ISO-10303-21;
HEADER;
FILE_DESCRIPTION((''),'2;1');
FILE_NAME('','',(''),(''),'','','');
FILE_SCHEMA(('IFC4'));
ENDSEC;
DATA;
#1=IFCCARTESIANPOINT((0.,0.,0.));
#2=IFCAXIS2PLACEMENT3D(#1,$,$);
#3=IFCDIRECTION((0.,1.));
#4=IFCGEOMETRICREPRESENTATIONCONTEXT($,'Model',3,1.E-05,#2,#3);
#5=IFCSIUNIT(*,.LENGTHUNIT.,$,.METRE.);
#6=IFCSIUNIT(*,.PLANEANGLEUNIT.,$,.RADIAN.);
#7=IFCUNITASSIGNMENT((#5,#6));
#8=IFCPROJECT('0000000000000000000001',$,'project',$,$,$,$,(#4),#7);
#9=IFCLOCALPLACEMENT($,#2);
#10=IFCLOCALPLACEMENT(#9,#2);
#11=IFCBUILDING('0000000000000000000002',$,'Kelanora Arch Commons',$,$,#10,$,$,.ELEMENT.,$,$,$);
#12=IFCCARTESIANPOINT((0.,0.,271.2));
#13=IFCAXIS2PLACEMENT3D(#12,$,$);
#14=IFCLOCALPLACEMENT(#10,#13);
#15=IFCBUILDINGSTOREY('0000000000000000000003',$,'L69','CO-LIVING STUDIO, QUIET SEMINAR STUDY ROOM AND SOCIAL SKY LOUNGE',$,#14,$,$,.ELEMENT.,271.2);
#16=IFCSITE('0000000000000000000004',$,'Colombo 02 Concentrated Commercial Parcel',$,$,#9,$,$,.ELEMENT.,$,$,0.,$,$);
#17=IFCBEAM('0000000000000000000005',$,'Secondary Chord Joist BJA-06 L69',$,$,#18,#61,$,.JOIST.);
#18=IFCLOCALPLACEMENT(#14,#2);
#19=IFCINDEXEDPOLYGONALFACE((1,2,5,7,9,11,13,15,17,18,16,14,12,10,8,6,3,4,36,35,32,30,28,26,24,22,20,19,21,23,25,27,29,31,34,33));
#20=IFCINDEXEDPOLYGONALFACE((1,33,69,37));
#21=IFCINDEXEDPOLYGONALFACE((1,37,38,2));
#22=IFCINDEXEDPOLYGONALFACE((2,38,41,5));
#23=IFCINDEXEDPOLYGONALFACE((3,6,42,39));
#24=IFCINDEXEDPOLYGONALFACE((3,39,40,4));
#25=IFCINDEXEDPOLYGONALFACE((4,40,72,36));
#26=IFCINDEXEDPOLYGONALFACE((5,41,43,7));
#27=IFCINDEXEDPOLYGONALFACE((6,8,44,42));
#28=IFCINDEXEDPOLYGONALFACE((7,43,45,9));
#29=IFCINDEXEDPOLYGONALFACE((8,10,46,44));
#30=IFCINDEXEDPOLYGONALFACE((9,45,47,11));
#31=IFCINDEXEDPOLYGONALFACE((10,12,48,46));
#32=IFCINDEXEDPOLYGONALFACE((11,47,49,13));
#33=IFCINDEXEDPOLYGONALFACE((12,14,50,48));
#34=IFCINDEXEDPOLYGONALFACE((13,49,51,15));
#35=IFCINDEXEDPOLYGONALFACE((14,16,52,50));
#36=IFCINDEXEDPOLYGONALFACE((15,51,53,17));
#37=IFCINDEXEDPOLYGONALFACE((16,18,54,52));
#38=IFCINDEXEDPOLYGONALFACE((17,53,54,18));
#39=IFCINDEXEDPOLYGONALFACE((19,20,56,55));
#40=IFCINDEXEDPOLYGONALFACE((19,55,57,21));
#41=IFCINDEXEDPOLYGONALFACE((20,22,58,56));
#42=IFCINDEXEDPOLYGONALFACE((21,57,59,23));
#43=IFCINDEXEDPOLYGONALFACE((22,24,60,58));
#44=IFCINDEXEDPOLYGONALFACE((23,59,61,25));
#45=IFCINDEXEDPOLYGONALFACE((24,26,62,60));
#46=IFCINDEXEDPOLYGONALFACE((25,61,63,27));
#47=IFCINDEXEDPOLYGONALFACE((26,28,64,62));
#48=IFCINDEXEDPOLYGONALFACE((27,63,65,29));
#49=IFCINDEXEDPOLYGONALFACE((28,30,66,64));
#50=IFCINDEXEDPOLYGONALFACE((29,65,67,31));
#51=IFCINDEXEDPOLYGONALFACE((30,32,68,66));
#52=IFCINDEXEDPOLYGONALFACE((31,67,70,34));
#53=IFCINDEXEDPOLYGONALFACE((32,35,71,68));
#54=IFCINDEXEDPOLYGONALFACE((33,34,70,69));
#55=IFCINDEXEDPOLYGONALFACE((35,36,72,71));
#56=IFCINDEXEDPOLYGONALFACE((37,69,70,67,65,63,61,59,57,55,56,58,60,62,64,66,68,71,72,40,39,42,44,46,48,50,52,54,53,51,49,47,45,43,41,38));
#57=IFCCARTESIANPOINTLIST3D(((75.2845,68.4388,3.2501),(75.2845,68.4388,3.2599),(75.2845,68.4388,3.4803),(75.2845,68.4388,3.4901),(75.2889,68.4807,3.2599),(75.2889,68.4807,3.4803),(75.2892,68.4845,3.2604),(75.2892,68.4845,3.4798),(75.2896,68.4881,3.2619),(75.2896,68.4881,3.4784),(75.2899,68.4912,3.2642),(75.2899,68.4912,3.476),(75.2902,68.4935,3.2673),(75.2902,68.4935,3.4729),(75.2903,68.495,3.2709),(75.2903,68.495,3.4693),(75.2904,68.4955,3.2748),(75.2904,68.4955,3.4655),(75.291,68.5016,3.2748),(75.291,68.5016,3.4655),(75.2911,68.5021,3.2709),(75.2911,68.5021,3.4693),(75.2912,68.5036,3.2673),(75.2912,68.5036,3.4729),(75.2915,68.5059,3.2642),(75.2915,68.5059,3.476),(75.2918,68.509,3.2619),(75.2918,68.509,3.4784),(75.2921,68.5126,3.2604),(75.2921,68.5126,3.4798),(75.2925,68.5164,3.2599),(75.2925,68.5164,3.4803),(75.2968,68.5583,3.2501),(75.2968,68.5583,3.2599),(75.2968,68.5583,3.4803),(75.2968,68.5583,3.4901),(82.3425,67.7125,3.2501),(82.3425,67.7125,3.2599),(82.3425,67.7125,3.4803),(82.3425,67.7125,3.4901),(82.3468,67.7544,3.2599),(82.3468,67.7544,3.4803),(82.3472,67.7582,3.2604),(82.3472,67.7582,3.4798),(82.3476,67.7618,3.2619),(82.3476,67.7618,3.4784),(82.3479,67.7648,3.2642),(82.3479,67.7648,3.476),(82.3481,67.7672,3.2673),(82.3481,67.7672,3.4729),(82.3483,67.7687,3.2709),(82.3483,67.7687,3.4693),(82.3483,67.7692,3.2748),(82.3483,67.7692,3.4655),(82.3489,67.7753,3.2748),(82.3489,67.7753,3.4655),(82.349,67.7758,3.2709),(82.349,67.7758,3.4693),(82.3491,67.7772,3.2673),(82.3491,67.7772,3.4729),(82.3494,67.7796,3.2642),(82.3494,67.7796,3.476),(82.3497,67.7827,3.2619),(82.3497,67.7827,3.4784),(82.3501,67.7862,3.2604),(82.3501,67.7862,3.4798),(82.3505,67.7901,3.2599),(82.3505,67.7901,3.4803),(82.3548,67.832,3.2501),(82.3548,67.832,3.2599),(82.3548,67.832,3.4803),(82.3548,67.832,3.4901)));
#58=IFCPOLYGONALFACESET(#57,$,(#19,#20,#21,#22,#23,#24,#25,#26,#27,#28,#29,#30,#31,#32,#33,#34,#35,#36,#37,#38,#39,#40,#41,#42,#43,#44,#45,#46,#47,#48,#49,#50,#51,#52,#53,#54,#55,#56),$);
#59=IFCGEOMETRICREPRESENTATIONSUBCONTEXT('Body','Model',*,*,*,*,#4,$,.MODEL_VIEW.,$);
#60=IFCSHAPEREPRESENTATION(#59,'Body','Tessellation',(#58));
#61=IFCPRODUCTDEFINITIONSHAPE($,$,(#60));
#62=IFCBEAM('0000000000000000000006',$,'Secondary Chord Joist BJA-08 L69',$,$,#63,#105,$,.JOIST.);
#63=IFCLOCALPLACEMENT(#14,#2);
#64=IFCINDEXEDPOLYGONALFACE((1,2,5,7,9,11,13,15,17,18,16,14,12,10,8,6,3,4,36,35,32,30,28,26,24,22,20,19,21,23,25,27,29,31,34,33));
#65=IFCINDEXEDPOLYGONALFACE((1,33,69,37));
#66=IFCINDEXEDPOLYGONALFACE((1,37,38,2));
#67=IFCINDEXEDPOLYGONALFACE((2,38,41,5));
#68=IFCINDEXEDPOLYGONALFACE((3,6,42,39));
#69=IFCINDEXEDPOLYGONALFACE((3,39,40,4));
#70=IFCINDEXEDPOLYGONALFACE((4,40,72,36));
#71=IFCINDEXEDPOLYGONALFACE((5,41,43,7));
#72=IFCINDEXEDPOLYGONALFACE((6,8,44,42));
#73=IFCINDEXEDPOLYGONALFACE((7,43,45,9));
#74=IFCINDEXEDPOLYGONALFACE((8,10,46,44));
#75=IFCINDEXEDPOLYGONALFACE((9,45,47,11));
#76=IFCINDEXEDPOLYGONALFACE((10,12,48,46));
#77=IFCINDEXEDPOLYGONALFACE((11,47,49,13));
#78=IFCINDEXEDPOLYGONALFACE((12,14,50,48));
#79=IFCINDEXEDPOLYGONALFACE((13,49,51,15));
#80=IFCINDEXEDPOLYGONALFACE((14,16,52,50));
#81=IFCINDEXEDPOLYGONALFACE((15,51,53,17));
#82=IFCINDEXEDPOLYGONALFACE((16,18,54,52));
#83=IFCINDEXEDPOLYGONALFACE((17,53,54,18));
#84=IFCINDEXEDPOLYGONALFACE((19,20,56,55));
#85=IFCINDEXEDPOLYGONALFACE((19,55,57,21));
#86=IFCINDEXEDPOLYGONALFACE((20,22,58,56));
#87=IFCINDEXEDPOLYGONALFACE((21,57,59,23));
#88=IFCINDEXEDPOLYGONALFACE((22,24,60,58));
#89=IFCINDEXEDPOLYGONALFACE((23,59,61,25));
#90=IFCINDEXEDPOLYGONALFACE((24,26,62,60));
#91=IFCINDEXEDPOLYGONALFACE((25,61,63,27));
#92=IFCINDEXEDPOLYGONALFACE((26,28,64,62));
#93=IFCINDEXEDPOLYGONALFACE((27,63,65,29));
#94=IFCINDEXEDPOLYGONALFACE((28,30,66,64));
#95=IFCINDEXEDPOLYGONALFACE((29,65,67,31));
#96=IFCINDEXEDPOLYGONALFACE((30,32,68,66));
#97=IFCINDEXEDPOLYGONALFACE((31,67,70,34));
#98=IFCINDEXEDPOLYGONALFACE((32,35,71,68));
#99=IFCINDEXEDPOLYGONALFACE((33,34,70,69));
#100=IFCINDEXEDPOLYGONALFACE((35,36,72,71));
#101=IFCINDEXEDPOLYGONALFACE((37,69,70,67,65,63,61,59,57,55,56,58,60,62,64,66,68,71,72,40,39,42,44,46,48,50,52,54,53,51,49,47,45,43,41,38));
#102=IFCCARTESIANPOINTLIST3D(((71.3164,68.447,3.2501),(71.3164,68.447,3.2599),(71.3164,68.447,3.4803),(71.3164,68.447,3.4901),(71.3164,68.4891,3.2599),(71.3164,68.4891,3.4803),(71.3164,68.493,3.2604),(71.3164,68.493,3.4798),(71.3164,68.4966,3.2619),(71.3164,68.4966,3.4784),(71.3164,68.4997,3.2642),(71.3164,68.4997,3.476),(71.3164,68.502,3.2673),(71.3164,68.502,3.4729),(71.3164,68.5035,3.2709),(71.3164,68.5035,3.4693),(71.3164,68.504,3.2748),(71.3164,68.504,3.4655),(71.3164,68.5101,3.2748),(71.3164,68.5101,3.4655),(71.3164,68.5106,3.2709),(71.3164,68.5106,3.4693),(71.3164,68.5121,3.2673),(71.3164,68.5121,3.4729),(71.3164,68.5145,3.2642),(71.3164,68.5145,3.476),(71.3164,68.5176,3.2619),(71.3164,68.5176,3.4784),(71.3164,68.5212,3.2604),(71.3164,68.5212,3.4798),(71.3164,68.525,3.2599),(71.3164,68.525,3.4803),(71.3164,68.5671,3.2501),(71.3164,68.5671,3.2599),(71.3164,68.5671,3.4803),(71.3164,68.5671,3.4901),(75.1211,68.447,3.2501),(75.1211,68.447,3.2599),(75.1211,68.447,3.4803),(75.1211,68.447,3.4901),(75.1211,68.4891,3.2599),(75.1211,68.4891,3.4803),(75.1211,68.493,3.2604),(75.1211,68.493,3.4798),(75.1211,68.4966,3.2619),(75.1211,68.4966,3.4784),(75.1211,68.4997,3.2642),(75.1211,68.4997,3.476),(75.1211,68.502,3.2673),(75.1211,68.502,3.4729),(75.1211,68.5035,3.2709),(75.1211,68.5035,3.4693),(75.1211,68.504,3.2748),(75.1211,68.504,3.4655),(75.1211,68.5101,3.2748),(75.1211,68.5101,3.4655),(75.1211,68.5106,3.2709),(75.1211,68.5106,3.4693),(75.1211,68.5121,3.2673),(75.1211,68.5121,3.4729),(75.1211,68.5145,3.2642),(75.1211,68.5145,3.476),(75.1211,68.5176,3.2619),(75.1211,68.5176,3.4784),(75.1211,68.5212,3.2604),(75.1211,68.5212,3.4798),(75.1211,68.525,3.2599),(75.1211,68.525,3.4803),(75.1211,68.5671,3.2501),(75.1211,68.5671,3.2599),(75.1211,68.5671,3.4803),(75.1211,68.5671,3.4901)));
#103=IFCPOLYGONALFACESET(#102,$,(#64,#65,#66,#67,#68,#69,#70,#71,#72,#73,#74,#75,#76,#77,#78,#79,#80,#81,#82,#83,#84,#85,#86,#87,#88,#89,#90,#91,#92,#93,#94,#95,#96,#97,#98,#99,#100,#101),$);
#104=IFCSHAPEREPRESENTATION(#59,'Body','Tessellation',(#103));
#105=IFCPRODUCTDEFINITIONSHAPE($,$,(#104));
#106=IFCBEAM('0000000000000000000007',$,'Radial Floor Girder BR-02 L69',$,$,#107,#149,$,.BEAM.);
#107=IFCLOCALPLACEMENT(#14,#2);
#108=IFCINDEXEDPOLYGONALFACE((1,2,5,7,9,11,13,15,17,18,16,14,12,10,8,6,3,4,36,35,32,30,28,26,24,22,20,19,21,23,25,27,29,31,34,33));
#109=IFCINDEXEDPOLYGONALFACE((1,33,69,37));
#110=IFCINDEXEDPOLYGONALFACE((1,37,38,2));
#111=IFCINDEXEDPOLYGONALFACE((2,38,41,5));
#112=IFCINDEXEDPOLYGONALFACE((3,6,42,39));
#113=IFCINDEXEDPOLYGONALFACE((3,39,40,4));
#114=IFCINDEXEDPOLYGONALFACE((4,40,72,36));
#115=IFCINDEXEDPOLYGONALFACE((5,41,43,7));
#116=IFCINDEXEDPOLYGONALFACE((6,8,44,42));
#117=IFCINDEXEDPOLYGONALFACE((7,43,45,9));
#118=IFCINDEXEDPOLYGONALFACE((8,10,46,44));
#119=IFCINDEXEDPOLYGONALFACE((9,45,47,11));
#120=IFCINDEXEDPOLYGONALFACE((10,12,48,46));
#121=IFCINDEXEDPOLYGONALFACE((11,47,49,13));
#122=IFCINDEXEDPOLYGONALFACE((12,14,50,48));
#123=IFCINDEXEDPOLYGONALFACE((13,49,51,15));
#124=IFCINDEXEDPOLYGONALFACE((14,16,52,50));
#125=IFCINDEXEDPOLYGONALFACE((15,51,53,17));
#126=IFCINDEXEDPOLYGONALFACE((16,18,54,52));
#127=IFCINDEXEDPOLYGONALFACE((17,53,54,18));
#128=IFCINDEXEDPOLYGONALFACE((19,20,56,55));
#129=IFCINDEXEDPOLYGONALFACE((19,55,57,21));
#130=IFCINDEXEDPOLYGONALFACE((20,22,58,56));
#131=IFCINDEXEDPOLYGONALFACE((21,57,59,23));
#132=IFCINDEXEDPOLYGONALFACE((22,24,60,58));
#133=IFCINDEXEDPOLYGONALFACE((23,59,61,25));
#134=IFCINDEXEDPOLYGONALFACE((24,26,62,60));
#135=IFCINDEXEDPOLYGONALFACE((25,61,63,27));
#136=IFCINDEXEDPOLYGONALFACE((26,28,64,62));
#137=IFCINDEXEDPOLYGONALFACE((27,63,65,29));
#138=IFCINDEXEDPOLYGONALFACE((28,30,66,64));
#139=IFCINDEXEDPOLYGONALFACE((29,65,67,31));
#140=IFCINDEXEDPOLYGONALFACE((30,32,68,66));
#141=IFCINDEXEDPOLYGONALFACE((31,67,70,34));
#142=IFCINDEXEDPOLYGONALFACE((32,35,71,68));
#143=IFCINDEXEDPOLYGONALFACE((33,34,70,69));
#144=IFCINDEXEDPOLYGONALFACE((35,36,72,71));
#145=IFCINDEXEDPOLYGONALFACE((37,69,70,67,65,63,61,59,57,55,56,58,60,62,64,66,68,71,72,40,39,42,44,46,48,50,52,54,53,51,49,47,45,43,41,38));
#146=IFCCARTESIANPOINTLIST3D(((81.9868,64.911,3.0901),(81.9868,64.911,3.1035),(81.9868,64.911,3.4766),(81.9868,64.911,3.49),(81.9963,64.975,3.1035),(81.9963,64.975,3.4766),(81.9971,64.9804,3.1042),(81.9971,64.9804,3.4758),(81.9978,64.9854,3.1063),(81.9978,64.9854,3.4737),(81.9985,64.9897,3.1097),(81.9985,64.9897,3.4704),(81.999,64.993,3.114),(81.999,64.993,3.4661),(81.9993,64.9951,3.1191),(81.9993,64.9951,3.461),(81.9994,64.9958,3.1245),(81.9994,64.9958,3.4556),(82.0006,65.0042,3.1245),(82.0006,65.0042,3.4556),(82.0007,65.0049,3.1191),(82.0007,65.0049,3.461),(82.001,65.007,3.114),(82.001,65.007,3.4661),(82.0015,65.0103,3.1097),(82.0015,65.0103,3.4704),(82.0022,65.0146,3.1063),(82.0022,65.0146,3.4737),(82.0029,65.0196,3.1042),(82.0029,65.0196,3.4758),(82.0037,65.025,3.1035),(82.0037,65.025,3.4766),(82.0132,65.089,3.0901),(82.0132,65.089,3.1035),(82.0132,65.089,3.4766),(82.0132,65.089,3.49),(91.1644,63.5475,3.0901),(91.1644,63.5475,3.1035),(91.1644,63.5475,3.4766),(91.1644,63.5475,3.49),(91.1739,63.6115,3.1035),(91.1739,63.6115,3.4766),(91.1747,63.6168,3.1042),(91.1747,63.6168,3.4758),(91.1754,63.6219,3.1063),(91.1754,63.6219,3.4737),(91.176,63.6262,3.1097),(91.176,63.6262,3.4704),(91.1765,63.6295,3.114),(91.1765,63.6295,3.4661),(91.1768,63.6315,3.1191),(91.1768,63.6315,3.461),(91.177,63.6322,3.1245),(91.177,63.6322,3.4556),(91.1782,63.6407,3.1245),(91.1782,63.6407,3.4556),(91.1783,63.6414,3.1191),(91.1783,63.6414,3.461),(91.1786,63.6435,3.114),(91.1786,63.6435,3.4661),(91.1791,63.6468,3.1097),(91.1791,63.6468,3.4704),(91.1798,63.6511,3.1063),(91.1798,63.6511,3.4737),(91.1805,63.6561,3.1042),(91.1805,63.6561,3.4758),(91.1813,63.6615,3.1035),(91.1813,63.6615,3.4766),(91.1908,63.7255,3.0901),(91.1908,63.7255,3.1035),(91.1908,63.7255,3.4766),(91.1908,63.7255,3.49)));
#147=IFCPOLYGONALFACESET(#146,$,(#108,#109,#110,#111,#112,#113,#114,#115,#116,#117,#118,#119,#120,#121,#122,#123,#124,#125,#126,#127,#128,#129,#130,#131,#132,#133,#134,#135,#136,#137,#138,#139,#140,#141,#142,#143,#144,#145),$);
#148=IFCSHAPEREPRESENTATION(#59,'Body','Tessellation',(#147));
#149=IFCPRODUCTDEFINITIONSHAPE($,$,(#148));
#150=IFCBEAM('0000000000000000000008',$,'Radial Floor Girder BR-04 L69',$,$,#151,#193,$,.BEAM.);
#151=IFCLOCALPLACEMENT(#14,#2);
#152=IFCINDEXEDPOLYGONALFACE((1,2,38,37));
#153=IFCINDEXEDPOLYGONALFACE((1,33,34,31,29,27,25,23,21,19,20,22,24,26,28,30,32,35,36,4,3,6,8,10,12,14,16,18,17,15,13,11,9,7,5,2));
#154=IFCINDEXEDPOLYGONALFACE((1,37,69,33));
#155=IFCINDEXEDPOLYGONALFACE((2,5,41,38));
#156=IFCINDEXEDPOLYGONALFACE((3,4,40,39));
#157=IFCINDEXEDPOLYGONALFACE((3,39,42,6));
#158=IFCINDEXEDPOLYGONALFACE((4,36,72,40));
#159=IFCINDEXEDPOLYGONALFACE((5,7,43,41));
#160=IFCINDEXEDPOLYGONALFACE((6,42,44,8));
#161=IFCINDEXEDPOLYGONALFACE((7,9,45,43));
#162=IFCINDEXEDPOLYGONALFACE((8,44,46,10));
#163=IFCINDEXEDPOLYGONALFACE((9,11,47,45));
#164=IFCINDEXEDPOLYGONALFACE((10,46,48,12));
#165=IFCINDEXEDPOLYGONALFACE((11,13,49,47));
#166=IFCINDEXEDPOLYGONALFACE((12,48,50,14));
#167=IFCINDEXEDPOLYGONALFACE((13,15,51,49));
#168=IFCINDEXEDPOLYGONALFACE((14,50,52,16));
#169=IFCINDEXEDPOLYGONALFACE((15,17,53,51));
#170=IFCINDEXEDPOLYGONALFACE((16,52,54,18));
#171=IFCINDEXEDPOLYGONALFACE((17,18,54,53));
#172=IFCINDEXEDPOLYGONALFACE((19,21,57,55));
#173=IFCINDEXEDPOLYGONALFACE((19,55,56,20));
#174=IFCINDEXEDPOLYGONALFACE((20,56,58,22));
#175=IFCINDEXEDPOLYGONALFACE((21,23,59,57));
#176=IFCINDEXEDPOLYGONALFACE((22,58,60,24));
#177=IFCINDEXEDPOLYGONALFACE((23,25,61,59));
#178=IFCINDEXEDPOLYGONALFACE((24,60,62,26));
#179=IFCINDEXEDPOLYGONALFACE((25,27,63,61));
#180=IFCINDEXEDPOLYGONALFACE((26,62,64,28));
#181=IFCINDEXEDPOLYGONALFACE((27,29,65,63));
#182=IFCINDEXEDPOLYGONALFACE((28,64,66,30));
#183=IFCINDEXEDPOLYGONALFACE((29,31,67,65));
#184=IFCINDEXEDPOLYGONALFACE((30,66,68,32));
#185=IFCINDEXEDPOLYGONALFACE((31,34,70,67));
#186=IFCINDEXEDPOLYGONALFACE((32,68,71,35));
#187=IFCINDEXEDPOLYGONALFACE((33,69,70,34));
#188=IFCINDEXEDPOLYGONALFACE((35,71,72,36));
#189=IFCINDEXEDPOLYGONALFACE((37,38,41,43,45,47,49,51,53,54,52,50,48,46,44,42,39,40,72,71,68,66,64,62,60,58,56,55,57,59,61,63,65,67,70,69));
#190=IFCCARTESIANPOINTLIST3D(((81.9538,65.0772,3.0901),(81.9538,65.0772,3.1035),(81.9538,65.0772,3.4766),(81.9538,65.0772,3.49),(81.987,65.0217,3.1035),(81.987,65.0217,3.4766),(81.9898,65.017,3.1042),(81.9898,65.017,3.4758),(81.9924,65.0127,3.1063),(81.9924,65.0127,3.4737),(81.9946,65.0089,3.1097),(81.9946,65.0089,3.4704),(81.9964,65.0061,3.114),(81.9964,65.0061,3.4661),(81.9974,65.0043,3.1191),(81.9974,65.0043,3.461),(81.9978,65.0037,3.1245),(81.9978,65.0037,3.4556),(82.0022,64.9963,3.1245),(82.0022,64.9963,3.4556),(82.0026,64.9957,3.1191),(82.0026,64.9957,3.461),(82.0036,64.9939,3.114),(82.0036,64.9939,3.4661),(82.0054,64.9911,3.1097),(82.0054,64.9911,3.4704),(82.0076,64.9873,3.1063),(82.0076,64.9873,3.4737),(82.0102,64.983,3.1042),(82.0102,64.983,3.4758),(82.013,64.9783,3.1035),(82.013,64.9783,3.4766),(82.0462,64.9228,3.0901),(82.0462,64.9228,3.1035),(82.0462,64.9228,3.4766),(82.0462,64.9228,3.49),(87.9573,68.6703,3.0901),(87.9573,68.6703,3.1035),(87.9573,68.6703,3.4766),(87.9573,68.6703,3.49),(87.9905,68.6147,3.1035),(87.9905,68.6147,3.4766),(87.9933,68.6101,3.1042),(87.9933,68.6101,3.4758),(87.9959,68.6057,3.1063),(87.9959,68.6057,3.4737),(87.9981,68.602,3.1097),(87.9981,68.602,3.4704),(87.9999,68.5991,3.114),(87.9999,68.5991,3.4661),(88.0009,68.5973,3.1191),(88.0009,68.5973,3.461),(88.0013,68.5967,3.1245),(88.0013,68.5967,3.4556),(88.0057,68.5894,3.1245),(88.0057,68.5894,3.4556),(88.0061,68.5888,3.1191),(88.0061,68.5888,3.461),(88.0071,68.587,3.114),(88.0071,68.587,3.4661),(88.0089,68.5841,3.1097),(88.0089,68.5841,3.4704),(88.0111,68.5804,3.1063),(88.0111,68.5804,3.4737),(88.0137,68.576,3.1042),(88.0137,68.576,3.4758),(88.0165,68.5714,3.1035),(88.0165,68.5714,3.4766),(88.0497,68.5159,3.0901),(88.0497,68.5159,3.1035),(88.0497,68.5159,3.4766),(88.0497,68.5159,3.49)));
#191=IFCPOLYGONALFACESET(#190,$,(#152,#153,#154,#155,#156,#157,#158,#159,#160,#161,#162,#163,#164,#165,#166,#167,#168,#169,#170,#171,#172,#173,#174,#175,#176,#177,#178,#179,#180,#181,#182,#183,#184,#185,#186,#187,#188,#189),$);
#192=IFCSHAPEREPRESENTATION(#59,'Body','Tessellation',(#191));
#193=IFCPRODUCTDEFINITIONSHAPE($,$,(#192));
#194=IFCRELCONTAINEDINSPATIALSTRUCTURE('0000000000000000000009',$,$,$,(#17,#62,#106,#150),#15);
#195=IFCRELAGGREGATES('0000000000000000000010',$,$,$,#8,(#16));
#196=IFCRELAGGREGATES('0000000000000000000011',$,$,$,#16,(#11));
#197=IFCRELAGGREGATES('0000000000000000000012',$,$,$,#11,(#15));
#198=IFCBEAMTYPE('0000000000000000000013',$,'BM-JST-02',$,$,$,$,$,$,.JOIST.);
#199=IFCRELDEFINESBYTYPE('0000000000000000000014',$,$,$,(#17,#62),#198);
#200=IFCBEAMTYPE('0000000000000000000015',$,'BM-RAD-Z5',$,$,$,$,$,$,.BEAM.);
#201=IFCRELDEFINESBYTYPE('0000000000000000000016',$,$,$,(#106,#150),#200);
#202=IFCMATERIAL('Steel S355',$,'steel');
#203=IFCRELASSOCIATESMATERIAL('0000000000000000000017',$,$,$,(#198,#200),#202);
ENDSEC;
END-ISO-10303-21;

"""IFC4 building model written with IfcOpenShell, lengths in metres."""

from ifc_helpers import new_model, si_unit, direction, frame, origin, origin_2d, place, context, subcontext, project, spatial, i_section, extrude, material, material_profile, profile_set, type_object, element, save


model = new_model("IFC4")

# Units and contexts
model_context = context("Model", 3, precision=1e-05, world=origin(), true_north=direction((0.0, 1.0)))
body_context = subcontext(model_context, "Body", "Model", "MODEL_VIEW")
ifc_project = project(units=[si_unit("LENGTHUNIT", "METRE"), si_unit("PLANEANGLEUNIT", "RADIAN")], contexts=[model_context])

# Site, building, storey
site_placement = place(None, origin())
site = spatial("IfcSite", under=ifc_project, at=site_placement, Name="Colombo 02 Concentrated Commercial Parcel", CompositionType="ELEMENT", RefElevation=0.0)
building_placement = place(site_placement, origin())
building = spatial("IfcBuilding", under=site, at=building_placement, Name="Kelanora Arch Commons", CompositionType="ELEMENT")
storey_placement = place(building_placement, frame((0.0, 0.0, 271.2)))
storey = spatial("IfcBuildingStorey", under=building, at=storey_placement, Name="L69", Description="CO-LIVING STUDIO, QUIET SEMINAR STUDY ROOM AND SOCIAL SKY LOUNGE", CompositionType="ELEMENT", Elevation=271.2)

# Beams
ifc_material_1 = material(Name="Steel S355", Category="steel")
ifc_material_profile_1 = material_profile(ifc_material_1, i_section(OverallWidth=0.1201, OverallDepth=0.24, WebThickness=0.0061, FlangeThickness=0.0098, FilletRadius=0.0149, at=origin_2d()), Name="IPE240")
ifc_profile_set_1 = profile_set([ifc_material_profile_1], Name="Steel S355")
beam_type_1 = type_object("IfcBeamType", Name="BM-JST-02", PredefinedType="JOIST", material=ifc_profile_set_1)
beam_1_placement = place(storey_placement, frame((82.3486, 67.7722, 3.3701), z_axis=(-0.994747, 0.102369, 0.0), x_axis=(-0.102369, -0.994747, 0.0)))
element("IfcBeam", 1, at=beam_1_placement, inside=storey, type_object=beam_type_1, Name="Secondary Chord Joist BJA-06 L69", PredefinedType="JOIST", context=body_context, shape_type="SweptSolid", body=[
    extrude(i_section(OverallWidth=0.1201, OverallDepth=0.24, WebThickness=0.0061, FlangeThickness=0.0098, FilletRadius=0.0149, at=origin_2d()), origin(), (0.0, 0.0, 1.0), 7.0952),
])
beam_2_placement = place(storey_placement, frame((75.1211, 68.5071, 3.3701), z_axis=(-1.0, 0.0, 0.0), x_axis=(0.0, -1.0, 0.0)))
element("IfcBeam", 2, at=beam_2_placement, inside=storey, type_object=beam_type_1, Name="Secondary Chord Joist BJA-08 L69", PredefinedType="JOIST", context=body_context, shape_type="SweptSolid", body=[
    extrude(i_section(OverallWidth=0.1201, OverallDepth=0.24, WebThickness=0.0061, FlangeThickness=0.0098, FilletRadius=0.0149, at=origin_2d()), origin(), (0.0, 0.0, 1.0), 3.8047),
])
ifc_material_profile_2 = material_profile(ifc_material_1, i_section(OverallWidth=0.1799, OverallDepth=0.3999, WebThickness=0.0085, FlangeThickness=0.0134, FilletRadius=0.021, at=origin_2d()), Name="IPE400")
ifc_profile_set_2 = profile_set([ifc_material_profile_2], Name="Steel S355")
beam_type_2 = type_object("IfcBeamType", Name="BM-RAD-Z5", PredefinedType="BEAM", material=ifc_profile_set_2)
beam_3_placement = place(storey_placement, frame((82.0, 65.0, 3.29), z_axis=(0.989142, -0.14696, 0.0), x_axis=(0.14696, 0.989142, 0.0)))
element("IfcBeam", 3, at=beam_3_placement, inside=storey, type_object=beam_type_2, Name="Radial Floor Girder BR-02 L69", PredefinedType="BEAM", context=body_context, shape_type="SweptSolid", body=[
    extrude(i_section(OverallWidth=0.1799, OverallDepth=0.3999, WebThickness=0.0085, FlangeThickness=0.0134, FilletRadius=0.021, at=origin_2d()), origin(), (0.0, 0.0, 1.0), 9.2783),
])
beam_4_placement = place(storey_placement, frame((82.0, 65.0, 3.29), z_axis=(0.858062, 0.513546, 0.0), x_axis=(-0.513546, 0.858062, 0.0)))
element("IfcBeam", 4, at=beam_4_placement, inside=storey, type_object=beam_type_2, Name="Radial Floor Girder BR-04 L69", PredefinedType="BEAM", context=body_context, shape_type="SweptSolid", body=[
    extrude(i_section(OverallWidth=0.1799, OverallDepth=0.3999, WebThickness=0.0085, FlangeThickness=0.0134, FilletRadius=0.021, at=origin_2d()), origin(), (0.0, 0.0, 1.0), 6.9966),
])

save(model, "model.ifc")
